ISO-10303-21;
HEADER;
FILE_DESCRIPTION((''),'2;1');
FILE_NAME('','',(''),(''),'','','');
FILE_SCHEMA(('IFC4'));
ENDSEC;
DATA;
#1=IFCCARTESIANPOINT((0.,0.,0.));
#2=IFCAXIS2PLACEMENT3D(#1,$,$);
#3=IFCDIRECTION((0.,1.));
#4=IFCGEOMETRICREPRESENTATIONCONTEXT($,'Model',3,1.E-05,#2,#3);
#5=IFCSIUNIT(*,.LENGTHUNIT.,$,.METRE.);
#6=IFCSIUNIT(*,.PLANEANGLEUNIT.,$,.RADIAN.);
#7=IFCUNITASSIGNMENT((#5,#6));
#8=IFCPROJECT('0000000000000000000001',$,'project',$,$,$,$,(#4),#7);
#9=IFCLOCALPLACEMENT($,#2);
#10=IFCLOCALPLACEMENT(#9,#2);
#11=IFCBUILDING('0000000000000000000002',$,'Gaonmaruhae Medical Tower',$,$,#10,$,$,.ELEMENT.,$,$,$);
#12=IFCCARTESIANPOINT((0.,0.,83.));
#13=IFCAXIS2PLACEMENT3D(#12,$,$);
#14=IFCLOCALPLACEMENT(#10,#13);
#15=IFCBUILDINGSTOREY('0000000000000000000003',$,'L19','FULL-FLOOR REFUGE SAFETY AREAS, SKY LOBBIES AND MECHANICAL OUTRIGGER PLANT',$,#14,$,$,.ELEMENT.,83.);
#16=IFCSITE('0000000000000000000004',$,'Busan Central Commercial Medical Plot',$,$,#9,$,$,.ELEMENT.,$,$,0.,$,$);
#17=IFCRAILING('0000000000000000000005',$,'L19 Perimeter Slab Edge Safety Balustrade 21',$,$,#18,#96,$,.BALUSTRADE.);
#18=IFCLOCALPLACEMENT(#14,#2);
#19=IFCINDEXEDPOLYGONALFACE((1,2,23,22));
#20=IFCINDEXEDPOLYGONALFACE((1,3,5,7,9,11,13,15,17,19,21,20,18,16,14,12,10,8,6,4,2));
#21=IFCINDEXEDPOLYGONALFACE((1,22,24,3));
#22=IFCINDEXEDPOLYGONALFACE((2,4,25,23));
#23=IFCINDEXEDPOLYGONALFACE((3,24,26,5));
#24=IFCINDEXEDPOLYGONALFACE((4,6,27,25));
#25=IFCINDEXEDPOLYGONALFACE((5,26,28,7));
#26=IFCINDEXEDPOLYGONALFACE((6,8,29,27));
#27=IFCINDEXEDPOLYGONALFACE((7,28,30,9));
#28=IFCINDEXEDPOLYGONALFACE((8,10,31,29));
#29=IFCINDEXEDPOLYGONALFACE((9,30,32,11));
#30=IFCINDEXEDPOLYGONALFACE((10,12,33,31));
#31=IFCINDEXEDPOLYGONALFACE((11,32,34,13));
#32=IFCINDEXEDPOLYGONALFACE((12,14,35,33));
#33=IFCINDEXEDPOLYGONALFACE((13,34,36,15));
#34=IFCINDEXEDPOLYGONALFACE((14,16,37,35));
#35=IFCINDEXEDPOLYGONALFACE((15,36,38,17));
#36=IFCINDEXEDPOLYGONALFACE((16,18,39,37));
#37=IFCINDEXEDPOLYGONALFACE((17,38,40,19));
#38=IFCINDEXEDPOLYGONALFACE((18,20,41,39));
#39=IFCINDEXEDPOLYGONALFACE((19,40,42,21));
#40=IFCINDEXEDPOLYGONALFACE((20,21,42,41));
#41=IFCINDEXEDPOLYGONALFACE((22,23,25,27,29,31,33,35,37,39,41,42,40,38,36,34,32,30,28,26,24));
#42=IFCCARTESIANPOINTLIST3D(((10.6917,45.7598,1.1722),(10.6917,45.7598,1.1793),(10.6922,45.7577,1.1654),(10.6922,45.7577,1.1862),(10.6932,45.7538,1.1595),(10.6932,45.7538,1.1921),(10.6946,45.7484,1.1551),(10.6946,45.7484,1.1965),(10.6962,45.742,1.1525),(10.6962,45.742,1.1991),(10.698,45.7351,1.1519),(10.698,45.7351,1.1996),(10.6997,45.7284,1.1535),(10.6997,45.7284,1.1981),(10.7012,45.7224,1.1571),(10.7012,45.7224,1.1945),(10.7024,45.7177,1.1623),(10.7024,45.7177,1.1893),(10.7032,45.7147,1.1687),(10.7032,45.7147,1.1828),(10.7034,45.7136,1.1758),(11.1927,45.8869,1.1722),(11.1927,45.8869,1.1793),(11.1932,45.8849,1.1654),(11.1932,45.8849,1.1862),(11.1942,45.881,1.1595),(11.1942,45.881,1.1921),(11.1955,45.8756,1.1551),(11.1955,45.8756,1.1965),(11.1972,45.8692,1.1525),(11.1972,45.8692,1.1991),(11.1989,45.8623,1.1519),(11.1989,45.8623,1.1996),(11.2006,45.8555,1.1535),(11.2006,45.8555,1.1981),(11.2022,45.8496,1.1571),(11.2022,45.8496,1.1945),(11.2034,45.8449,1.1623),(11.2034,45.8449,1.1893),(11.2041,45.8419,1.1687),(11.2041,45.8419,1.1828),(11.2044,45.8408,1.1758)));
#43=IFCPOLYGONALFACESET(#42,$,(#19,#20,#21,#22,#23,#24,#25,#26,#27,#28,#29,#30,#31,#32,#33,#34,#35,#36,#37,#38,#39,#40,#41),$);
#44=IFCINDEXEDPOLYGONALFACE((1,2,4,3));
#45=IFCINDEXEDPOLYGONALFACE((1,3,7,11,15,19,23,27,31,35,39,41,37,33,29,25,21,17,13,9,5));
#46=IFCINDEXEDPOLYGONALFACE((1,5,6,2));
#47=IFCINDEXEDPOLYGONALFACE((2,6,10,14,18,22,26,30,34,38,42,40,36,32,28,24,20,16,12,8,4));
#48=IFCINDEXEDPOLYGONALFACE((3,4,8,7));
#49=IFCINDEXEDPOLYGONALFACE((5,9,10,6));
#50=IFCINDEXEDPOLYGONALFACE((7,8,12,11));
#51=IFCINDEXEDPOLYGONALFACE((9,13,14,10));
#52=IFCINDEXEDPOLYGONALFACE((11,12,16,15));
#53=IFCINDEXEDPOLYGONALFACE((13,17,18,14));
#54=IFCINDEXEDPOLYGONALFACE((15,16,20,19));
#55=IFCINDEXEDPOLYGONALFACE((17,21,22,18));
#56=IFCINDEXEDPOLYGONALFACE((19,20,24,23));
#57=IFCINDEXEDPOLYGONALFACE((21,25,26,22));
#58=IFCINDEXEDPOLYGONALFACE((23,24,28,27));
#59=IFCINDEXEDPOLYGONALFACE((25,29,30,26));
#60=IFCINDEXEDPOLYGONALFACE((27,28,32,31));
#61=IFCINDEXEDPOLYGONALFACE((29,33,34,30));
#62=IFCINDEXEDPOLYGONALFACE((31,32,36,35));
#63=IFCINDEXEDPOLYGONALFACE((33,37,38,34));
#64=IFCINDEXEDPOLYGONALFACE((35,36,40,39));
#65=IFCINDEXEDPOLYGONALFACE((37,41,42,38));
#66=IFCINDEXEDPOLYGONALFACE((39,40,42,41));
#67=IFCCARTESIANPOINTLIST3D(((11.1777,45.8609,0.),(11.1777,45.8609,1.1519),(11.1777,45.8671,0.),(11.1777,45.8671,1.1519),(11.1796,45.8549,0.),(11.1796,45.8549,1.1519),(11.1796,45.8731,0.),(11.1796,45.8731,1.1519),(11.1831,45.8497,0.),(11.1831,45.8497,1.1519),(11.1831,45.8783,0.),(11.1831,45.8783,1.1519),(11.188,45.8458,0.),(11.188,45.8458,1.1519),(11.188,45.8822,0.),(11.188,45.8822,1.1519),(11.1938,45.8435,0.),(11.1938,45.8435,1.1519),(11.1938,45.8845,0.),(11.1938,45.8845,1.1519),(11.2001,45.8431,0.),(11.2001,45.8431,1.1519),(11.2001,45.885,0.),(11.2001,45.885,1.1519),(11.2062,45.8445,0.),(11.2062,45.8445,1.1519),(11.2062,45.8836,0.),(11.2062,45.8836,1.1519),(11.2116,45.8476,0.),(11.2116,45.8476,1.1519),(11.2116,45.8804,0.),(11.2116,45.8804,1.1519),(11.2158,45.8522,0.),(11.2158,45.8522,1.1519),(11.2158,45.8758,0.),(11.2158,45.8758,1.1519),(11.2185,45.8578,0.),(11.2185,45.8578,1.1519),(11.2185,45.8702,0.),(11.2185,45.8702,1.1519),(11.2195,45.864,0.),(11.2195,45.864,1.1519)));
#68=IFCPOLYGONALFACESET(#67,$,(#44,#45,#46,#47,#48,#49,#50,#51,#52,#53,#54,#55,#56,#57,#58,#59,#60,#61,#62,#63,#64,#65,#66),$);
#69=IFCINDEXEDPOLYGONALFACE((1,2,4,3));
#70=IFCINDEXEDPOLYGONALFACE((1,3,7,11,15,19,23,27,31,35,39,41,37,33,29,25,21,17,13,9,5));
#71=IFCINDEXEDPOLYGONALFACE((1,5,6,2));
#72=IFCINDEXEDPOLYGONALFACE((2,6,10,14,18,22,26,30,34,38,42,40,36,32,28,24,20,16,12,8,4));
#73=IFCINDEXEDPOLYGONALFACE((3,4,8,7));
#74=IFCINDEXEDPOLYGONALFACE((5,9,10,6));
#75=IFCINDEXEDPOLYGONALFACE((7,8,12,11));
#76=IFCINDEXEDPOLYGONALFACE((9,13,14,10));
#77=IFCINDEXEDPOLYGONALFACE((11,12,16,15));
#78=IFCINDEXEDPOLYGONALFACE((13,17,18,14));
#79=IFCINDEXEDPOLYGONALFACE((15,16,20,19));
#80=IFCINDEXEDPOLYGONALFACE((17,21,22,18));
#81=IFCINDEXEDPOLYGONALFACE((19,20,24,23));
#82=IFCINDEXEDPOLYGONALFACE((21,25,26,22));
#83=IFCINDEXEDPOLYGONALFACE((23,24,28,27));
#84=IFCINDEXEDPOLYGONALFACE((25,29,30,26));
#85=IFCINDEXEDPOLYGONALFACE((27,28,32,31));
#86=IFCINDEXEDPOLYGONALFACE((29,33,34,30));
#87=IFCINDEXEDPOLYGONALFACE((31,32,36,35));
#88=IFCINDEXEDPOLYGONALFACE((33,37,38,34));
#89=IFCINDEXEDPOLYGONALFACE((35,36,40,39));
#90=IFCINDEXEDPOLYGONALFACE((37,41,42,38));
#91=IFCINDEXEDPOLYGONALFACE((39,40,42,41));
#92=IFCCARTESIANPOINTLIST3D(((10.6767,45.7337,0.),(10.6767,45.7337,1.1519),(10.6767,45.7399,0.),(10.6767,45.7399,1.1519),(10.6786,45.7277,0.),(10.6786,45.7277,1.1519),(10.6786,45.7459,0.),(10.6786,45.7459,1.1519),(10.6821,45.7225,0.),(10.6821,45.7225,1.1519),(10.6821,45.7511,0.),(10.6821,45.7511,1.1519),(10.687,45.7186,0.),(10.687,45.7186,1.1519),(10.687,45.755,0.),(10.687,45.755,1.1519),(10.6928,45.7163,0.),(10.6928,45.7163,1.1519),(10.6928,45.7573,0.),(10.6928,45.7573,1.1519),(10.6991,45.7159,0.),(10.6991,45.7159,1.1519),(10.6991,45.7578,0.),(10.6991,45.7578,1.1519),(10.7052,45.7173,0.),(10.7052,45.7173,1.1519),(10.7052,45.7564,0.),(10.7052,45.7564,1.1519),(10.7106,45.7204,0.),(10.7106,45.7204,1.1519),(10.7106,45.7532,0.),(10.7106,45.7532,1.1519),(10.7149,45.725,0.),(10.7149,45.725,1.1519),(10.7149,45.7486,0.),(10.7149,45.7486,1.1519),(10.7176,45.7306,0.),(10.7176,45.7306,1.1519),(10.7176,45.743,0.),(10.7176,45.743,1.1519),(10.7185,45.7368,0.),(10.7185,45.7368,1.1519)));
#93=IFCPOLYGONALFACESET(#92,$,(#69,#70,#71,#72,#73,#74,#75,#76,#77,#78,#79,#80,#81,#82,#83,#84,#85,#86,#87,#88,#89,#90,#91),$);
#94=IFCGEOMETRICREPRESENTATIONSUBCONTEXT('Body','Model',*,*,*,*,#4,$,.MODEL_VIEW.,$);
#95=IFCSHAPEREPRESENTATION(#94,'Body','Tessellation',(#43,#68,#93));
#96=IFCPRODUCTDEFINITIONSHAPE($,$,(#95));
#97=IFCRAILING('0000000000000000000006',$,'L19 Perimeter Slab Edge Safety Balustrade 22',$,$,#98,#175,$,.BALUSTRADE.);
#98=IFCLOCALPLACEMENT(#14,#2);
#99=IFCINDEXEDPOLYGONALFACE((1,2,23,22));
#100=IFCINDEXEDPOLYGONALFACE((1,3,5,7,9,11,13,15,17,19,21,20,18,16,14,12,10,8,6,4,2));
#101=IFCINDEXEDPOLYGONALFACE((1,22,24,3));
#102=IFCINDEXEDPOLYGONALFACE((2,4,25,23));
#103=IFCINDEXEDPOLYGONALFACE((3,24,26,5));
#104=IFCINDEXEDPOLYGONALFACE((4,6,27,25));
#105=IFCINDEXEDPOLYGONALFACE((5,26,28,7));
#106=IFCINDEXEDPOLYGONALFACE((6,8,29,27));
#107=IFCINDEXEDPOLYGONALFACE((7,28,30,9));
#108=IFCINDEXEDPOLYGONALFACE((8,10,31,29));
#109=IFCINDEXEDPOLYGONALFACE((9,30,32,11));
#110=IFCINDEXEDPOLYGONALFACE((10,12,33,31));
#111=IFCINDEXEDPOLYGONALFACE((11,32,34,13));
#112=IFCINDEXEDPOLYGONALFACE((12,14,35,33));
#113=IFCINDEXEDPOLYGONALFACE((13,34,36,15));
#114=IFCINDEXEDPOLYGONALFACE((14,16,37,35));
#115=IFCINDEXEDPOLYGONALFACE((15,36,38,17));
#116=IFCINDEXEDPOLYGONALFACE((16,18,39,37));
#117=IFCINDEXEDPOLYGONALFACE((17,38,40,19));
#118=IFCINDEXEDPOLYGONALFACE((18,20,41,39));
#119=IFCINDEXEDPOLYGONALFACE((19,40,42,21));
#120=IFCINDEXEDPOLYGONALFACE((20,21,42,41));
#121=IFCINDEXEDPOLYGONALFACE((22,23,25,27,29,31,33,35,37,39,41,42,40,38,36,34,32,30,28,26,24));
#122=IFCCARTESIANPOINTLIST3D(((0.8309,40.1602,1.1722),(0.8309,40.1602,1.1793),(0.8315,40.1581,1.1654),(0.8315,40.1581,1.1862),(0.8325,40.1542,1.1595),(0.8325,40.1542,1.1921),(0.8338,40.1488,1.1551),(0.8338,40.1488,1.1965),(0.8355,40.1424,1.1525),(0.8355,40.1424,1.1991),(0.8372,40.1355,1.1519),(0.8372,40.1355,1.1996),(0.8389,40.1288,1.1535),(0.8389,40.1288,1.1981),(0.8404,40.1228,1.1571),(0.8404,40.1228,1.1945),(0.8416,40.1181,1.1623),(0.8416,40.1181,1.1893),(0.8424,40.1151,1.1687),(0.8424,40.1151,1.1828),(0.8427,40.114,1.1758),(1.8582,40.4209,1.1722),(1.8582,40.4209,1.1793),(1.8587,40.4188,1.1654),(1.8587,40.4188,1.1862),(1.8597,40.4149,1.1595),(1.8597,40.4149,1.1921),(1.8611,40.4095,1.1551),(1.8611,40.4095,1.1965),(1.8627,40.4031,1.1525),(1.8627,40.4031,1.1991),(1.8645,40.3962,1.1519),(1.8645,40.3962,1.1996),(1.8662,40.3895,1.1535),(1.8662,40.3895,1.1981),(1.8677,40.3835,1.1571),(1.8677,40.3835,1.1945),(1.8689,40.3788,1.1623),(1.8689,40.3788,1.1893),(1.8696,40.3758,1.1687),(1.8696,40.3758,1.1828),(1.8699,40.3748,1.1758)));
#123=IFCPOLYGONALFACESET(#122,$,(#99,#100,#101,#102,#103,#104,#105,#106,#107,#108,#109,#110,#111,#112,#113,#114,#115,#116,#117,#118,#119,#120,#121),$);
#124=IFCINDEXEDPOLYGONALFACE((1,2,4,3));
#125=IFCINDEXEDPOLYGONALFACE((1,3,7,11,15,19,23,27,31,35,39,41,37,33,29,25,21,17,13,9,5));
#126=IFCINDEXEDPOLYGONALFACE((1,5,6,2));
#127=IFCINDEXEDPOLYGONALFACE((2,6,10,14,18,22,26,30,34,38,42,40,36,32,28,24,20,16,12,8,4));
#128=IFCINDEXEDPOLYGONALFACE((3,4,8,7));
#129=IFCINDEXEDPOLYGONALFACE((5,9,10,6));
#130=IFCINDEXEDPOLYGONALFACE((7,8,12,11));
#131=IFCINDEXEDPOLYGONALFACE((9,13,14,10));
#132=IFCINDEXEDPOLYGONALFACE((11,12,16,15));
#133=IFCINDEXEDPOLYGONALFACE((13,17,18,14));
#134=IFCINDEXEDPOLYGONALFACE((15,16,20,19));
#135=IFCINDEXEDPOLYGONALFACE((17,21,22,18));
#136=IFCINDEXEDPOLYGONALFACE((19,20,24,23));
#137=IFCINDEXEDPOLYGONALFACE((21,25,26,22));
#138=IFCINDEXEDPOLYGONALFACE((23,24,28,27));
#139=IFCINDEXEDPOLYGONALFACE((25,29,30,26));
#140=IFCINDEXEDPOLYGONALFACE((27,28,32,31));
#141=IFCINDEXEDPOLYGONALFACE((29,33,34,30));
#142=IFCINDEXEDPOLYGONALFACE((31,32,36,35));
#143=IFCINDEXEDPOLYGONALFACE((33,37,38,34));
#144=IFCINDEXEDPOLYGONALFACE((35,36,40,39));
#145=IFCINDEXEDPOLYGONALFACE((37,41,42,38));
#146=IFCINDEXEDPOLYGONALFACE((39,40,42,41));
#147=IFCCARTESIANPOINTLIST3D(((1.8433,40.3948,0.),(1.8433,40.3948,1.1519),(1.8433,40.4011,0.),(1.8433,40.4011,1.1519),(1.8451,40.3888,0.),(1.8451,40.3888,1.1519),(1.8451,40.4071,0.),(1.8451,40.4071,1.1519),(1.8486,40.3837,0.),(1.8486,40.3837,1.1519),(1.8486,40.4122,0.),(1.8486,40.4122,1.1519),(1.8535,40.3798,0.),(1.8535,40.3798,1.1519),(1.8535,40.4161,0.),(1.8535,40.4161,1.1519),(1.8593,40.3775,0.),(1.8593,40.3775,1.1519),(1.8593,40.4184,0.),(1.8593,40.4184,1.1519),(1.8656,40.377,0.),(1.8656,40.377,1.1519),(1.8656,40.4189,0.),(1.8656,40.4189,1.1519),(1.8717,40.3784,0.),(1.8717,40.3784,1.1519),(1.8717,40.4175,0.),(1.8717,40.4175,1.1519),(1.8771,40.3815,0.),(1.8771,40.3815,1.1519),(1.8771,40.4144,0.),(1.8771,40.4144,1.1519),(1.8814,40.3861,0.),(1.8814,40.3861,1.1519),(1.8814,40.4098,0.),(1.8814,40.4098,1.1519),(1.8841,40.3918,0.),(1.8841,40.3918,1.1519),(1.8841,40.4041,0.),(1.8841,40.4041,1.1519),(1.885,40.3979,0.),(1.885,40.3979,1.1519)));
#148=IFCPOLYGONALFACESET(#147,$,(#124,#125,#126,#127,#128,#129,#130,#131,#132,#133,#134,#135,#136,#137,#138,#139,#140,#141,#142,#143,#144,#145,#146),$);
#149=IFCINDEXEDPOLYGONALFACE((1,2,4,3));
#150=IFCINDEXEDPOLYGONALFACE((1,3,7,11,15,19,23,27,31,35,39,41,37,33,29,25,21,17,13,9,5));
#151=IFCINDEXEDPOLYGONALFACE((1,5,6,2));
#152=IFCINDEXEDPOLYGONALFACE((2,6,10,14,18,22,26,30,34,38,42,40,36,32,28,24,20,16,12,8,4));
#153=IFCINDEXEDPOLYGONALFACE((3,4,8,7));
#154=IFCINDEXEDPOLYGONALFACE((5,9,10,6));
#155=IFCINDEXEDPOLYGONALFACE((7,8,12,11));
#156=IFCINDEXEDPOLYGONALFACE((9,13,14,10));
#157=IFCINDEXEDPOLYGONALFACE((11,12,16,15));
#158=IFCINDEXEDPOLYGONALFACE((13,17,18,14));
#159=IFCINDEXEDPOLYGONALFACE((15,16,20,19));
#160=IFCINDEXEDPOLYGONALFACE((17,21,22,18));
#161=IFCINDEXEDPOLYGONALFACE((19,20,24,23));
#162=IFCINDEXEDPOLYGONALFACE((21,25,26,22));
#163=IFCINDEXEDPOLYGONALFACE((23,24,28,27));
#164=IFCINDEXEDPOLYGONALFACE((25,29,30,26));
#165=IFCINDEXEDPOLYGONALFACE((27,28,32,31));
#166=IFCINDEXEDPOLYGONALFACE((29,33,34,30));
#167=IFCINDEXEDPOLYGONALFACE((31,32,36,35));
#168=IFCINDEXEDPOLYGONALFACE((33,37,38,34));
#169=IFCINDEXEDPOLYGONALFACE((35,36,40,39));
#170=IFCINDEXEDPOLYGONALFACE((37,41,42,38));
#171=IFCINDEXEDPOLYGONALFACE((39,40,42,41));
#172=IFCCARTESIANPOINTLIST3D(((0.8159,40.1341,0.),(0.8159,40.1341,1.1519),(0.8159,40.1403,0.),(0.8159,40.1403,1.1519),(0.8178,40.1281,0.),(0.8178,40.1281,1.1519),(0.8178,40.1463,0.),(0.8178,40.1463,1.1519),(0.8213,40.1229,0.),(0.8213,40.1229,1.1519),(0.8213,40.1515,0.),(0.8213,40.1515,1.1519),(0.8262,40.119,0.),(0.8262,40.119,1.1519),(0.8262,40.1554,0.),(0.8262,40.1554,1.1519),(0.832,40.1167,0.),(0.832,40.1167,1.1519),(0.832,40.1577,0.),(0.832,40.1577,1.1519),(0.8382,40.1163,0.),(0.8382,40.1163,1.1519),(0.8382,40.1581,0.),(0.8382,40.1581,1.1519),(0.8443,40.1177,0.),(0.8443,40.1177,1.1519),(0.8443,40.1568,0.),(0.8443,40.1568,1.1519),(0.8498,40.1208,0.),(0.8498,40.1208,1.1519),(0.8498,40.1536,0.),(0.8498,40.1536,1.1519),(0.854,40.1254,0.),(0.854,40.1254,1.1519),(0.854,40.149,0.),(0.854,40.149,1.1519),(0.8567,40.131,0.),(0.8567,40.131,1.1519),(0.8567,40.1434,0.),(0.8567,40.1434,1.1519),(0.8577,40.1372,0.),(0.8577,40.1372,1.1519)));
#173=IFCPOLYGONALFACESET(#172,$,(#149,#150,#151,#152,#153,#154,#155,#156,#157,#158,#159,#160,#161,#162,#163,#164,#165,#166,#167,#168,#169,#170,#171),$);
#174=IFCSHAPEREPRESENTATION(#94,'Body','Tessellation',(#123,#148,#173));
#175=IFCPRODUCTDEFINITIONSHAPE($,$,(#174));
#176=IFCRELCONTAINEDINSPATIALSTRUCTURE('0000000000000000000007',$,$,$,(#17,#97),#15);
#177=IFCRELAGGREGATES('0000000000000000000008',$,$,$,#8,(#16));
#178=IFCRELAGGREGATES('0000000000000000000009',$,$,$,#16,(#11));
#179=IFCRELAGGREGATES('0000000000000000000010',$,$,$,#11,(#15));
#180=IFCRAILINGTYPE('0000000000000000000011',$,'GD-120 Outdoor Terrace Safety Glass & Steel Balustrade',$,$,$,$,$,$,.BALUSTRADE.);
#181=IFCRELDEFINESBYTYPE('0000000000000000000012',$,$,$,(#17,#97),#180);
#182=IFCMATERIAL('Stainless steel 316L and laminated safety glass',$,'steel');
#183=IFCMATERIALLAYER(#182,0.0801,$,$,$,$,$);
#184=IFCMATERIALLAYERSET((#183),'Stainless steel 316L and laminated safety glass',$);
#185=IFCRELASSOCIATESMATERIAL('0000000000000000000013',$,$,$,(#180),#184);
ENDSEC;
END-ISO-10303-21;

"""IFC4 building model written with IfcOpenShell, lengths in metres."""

from ifc_helpers import new_model, si_unit, direction, frame, origin, origin_2d, place, context, subcontext, project, spatial, circle, extrude, material, layer, layer_set, type_object, element, save


model = new_model("IFC4")

# Units and contexts
model_context = context("Model", 3, precision=1e-05, world=origin(), true_north=direction((0.0, 1.0)))
body_context = subcontext(model_context, "Body", "Model", "MODEL_VIEW")
ifc_project = project(units=[si_unit("LENGTHUNIT", "METRE"), si_unit("PLANEANGLEUNIT", "RADIAN")], contexts=[model_context])

# Site, building, storey
site_placement = place(None, origin())
site = spatial("IfcSite", under=ifc_project, at=site_placement, Name="Busan Central Commercial Medical Plot", CompositionType="ELEMENT", RefElevation=0.0)
building_placement = place(site_placement, origin())
building = spatial("IfcBuilding", under=site, at=building_placement, Name="Gaonmaruhae Medical Tower", CompositionType="ELEMENT")
storey_placement = place(building_placement, frame((0.0, 0.0, 83.0)))
storey = spatial("IfcBuildingStorey", under=building, at=storey_placement, Name="L19", Description="FULL-FLOOR REFUGE SAFETY AREAS, SKY LOBBIES AND MECHANICAL OUTRIGGER PLANT", CompositionType="ELEMENT", Elevation=83.0)

# Railings
ifc_material_1 = material(Name="Stainless steel 316L and laminated safety glass", Category="steel")
ifc_layer_1 = layer(ifc_material_1, 0.0801)
ifc_layer_set_1 = layer_set([ifc_layer_1], Name="Stainless steel 316L and laminated safety glass")
railing_type = type_object("IfcRailingType", Name="GD-120 Outdoor Terrace Safety Glass & Steel Balustrade", PredefinedType="BALUSTRADE", material=ifc_layer_set_1)
railing_1_placement = place(storey_placement, frame((11.1985, 45.864, 0.0)))
element("IfcRailing", 1, at=railing_1_placement, inside=storey, type_object=railing_type, Name="L19 Perimeter Slab Edge Safety Balustrade 21", PredefinedType="BALUSTRADE", context=body_context, shape_type="SweptSolid", body=[
    extrude(circle(Radius=0.0239, at=origin_2d()), frame((0.0, 0.0, 1.1758), z_axis=(-0.969247, -0.24609, 0.0), x_axis=(0.24609, -0.969247, 0.0)), (0.0, 0.0, 1.0), 0.5168),
    extrude(circle(Radius=0.021, at=origin_2d()), origin(), (0.0, 0.0, 1.0), 1.1519),
    extrude(circle(Radius=0.021, at=origin_2d()), frame((-0.501, -0.1272, 0.0)), (0.0, 0.0, 1.0), 1.1519),
])
railing_2_placement = place(storey_placement, frame((1.864, 40.3979, 0.0)))
element("IfcRailing", 2, at=railing_2_placement, inside=storey, type_object=railing_type, Name="L19 Perimeter Slab Edge Safety Balustrade 22", PredefinedType="BALUSTRADE", context=body_context, shape_type="SweptSolid", body=[
    extrude(circle(Radius=0.0239, at=origin_2d()), frame((0.0, 0.0, 1.1758), z_axis=(-0.969269, -0.246003, 0.0), x_axis=(0.246003, -0.969269, 0.0)), (0.0, 0.0, 1.0), 1.0598),
    extrude(circle(Radius=0.021, at=origin_2d()), origin(), (0.0, 0.0, 1.0), 1.1519),
    extrude(circle(Radius=0.021, at=origin_2d()), frame((-1.0273, -0.2607, 0.0)), (0.0, 0.0, 1.0), 1.1519),
])

save(model, "model.ifc")
